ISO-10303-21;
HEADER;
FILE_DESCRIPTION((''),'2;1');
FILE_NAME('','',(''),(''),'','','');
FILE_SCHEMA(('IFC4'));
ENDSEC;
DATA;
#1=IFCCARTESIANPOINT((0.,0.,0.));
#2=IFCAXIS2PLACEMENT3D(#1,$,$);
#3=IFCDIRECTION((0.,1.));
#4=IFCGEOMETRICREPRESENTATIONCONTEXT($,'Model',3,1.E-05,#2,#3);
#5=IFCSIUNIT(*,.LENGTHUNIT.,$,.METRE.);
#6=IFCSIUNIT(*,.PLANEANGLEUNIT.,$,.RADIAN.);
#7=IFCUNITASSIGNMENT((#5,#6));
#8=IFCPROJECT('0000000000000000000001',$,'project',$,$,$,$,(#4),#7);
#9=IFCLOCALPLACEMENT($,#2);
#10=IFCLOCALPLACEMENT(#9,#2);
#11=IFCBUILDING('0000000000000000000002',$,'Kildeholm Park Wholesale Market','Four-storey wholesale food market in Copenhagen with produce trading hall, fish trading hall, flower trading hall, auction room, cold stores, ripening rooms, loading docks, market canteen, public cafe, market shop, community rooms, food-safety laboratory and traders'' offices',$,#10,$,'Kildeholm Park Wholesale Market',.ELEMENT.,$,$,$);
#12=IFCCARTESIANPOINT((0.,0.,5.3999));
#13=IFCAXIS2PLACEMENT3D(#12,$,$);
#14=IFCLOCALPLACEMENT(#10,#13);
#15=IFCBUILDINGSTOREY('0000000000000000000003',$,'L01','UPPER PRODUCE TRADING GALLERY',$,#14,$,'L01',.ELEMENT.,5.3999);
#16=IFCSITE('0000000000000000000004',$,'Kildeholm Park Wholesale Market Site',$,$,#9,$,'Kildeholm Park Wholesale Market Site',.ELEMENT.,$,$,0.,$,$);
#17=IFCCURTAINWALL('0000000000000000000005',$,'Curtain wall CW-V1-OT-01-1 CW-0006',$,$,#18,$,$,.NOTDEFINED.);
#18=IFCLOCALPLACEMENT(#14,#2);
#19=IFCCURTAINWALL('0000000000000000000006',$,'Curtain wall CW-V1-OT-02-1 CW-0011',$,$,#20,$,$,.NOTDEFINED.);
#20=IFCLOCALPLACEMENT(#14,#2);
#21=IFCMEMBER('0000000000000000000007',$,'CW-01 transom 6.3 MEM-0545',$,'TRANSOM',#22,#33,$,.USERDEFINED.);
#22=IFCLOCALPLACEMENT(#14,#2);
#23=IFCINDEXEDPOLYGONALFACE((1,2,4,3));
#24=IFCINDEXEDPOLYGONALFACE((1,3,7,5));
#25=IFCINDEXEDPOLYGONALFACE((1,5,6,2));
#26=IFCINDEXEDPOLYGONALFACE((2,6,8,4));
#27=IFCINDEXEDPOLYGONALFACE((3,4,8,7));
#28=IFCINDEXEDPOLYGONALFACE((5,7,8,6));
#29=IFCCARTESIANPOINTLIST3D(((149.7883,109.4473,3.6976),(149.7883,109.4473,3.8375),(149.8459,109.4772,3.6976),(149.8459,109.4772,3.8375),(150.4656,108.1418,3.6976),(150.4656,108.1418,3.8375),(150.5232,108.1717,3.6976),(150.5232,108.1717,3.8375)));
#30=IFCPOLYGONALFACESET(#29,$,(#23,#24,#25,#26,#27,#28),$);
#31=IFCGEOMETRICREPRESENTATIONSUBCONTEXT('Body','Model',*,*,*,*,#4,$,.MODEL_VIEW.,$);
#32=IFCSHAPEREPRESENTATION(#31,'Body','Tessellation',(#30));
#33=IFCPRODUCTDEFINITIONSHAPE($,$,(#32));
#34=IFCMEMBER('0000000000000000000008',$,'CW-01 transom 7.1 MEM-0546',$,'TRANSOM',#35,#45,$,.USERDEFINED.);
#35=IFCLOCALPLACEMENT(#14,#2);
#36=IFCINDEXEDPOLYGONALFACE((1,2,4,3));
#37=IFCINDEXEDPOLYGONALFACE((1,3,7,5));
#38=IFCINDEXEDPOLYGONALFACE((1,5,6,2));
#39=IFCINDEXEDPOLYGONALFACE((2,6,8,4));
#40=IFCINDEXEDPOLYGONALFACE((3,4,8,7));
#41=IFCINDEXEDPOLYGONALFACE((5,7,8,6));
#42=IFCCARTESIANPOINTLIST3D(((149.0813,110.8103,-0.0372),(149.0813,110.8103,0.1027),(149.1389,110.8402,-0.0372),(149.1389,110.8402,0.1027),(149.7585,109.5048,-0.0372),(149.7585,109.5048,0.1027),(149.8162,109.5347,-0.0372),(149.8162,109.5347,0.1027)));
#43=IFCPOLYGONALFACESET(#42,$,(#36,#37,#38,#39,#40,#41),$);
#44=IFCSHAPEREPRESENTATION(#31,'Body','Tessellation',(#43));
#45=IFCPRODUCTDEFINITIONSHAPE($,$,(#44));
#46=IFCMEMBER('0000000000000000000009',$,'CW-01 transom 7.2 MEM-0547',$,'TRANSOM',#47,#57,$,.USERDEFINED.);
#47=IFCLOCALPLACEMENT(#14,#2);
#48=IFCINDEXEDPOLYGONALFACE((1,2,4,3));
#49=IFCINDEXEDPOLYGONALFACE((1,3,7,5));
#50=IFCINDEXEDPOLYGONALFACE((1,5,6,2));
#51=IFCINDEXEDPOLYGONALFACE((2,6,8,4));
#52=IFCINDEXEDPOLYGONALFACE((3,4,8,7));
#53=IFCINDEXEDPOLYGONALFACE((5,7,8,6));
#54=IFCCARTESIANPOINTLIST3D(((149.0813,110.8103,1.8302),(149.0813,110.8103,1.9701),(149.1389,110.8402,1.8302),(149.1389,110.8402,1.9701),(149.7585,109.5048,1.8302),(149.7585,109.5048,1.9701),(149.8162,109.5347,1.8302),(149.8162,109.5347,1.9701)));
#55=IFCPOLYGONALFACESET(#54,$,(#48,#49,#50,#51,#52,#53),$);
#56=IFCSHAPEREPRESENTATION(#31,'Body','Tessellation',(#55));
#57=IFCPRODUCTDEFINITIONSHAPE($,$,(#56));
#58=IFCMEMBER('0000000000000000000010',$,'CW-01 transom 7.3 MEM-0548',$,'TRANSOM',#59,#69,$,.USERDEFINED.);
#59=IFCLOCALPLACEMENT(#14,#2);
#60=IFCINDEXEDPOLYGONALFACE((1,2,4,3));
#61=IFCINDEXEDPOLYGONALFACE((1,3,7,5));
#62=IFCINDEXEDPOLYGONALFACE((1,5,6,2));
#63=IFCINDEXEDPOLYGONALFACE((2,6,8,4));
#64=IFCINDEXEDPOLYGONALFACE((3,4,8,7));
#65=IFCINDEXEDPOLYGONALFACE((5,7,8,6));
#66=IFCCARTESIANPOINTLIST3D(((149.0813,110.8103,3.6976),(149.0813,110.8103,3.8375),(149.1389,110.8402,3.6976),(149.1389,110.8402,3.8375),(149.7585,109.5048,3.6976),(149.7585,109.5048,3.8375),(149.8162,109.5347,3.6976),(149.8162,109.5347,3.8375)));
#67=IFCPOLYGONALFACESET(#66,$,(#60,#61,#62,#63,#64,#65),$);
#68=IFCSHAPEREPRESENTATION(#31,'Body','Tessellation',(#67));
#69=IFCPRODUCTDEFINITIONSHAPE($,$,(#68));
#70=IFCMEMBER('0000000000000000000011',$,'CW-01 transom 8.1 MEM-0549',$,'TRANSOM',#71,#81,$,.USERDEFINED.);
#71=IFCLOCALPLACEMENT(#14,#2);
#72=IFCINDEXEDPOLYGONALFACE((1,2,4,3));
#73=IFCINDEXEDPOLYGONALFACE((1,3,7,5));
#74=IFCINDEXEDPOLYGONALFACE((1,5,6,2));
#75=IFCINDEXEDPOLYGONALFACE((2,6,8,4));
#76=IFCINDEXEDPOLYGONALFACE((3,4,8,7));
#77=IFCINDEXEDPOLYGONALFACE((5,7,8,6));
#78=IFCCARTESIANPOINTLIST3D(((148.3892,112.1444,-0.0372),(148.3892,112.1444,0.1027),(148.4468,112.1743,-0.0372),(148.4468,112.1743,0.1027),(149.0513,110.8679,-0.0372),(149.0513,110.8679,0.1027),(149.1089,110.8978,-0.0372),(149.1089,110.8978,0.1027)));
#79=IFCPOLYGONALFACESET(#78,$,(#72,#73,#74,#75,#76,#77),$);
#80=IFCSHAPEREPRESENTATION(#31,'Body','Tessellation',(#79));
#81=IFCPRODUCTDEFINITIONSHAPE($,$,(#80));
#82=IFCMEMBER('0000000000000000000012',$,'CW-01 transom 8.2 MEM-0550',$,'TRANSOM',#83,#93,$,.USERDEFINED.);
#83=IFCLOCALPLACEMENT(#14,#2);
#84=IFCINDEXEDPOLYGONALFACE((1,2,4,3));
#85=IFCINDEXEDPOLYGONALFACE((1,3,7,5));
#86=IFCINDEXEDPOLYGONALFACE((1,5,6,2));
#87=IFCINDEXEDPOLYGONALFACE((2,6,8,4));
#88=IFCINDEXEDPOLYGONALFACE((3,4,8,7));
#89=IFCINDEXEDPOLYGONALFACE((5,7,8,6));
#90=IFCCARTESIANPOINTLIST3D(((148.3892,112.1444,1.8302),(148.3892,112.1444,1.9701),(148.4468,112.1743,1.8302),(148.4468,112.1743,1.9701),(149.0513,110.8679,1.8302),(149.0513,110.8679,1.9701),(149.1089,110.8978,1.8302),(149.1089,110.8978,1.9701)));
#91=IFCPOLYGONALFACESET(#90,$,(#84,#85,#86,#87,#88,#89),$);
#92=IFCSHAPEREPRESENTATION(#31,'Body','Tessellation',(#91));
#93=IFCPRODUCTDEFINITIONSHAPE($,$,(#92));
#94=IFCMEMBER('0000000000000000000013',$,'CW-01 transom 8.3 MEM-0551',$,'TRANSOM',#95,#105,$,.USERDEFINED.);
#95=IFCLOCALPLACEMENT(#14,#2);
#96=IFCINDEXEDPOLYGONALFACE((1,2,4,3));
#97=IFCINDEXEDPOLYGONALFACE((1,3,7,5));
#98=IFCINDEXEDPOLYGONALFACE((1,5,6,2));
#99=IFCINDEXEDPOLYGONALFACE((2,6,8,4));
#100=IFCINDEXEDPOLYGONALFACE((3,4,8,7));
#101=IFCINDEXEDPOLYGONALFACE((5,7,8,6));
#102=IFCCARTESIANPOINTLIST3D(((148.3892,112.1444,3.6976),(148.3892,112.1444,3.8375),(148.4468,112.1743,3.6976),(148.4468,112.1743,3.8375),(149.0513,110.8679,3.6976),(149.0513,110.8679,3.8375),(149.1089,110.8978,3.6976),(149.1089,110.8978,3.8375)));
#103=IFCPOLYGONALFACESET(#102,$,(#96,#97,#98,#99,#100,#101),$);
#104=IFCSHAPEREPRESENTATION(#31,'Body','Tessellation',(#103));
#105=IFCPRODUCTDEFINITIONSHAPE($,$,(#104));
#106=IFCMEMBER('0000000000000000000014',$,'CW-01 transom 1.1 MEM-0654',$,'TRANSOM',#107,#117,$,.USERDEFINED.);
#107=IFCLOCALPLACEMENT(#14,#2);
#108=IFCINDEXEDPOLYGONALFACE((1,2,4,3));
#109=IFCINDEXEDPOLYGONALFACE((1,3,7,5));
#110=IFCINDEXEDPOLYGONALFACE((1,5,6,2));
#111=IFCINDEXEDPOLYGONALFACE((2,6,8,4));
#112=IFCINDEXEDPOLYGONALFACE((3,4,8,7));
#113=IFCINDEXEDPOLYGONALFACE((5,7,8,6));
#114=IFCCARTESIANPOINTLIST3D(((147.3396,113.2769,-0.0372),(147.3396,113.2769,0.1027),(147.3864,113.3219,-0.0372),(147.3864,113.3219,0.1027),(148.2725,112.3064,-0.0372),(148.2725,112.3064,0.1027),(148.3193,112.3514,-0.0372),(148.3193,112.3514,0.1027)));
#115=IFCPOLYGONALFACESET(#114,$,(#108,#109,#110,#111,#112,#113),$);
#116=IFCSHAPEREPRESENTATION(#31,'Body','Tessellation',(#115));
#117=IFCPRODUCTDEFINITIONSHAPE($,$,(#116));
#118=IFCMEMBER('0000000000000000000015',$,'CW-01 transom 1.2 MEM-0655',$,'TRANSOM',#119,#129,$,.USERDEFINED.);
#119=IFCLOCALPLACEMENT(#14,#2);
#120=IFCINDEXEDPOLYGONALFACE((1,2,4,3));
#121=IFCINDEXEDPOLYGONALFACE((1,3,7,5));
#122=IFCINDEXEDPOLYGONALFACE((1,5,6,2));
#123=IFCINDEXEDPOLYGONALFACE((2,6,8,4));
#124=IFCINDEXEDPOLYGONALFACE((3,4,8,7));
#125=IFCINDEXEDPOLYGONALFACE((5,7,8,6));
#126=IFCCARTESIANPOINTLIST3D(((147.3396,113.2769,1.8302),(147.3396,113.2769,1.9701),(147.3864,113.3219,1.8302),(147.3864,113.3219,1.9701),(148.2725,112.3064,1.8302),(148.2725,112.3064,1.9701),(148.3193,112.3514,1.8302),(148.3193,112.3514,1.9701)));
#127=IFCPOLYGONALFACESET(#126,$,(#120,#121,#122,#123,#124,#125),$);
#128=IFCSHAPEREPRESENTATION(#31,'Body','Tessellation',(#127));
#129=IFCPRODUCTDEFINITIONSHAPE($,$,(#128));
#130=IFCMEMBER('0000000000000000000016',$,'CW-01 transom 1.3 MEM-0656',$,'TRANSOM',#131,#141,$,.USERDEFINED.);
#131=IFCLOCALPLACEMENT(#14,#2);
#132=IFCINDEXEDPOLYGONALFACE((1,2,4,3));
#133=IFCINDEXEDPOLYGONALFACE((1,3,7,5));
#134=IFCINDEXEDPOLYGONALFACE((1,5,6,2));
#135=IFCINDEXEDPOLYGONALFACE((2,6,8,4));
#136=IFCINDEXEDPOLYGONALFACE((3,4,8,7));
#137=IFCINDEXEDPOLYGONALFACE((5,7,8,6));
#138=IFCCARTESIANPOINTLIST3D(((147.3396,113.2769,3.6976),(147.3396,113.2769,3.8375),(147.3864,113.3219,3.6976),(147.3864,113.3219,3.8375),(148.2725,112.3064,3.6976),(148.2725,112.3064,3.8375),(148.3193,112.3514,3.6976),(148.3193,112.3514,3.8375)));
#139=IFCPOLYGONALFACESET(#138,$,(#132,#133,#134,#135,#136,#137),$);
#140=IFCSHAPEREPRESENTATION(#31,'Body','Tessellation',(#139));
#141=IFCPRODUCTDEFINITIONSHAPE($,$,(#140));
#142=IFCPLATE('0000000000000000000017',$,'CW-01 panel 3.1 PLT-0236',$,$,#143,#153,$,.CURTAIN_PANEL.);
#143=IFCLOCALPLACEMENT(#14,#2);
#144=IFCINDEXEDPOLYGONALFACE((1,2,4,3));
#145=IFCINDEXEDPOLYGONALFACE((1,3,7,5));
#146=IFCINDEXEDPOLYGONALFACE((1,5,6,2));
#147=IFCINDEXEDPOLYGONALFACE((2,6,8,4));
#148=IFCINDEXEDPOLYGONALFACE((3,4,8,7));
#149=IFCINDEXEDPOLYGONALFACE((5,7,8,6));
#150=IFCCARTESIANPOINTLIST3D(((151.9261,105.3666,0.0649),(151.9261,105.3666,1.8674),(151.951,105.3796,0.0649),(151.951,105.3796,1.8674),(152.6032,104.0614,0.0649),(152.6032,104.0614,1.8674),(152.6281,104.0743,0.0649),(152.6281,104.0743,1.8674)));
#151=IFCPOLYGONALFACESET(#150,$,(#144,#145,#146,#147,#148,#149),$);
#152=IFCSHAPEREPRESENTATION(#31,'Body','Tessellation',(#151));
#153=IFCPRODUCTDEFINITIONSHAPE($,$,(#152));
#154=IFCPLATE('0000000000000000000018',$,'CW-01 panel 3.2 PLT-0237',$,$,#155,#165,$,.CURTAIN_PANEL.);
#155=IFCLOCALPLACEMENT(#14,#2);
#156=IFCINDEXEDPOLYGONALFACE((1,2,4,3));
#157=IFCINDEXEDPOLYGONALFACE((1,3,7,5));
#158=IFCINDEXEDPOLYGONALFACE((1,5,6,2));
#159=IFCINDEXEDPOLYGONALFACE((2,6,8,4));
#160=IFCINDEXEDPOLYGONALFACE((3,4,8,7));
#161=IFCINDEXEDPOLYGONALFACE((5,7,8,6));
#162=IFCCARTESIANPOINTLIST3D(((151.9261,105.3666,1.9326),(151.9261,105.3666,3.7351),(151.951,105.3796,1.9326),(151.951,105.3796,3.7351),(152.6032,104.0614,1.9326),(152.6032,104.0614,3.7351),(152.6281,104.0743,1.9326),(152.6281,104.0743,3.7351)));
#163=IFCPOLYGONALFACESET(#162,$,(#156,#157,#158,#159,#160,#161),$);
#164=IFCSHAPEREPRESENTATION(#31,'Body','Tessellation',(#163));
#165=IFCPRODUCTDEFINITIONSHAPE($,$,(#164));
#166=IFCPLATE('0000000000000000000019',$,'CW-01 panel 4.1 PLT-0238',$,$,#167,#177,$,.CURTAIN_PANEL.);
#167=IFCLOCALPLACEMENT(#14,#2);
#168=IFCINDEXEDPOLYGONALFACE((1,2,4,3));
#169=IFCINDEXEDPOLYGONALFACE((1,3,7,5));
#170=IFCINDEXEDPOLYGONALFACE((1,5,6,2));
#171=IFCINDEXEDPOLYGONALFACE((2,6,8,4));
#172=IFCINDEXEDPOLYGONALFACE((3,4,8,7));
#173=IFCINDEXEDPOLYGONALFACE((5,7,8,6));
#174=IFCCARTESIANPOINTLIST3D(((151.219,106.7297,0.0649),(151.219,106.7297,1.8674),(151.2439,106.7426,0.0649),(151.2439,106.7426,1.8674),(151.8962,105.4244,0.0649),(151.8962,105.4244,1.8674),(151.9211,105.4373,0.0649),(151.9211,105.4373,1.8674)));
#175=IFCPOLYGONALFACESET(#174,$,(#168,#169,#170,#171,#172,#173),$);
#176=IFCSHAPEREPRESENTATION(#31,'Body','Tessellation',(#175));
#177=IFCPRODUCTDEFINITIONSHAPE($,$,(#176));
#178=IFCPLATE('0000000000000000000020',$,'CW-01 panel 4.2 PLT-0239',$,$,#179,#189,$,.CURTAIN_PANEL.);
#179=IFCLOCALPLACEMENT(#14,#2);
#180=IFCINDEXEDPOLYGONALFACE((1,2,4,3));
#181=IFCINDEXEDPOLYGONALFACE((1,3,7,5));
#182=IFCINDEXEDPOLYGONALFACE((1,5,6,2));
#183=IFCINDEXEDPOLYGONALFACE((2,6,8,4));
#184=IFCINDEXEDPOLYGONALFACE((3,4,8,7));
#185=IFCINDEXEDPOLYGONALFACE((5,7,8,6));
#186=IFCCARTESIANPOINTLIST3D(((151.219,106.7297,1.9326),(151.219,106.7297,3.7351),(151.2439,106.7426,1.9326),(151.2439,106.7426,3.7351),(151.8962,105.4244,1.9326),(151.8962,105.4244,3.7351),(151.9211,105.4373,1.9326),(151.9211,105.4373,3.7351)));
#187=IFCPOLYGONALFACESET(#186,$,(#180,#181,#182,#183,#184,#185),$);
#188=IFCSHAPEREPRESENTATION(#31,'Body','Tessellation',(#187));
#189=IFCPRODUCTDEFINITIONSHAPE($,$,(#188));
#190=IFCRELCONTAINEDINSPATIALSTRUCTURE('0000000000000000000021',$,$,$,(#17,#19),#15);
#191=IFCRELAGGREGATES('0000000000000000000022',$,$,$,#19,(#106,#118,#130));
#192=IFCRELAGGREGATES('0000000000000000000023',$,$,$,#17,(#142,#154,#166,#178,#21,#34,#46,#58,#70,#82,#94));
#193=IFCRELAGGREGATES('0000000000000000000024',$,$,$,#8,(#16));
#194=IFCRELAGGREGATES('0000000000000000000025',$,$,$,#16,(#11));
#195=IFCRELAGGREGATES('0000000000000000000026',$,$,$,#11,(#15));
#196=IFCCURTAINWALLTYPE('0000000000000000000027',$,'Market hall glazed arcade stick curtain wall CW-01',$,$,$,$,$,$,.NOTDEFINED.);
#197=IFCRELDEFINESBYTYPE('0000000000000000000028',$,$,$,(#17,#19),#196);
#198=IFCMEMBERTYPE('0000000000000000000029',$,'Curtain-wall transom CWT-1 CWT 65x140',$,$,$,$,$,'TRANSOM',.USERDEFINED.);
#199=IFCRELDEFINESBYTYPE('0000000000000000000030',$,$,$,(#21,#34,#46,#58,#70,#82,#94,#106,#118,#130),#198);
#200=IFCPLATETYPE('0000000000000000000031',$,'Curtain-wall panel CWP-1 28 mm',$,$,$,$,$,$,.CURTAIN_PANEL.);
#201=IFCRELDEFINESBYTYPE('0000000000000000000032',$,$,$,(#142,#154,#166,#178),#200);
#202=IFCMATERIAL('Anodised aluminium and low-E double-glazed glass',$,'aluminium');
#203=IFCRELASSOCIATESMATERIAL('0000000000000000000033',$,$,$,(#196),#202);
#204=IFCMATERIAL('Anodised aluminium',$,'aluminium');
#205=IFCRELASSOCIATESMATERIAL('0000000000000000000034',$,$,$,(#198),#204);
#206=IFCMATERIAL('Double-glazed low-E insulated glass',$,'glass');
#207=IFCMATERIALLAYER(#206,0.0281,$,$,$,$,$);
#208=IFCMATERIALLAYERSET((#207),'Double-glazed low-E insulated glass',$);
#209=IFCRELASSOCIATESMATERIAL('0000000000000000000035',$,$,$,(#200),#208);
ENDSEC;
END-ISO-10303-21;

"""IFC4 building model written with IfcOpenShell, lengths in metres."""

from ifc_helpers import new_model, si_unit, direction, frame, origin, origin_2d, place, context, subcontext, project, spatial, rectangle, extrude, material, layer, layer_set, material_profile, profile_set, type_object, element, aggregate, save


model = new_model("IFC4")

# Units and contexts
model_context = context("Model", 3, precision=1e-05, world=origin(), true_north=direction((0.0, 1.0)))
body_context = subcontext(model_context, "Body", "Model", "MODEL_VIEW")
ifc_project = project(units=[si_unit("LENGTHUNIT", "METRE"), si_unit("PLANEANGLEUNIT", "RADIAN")], contexts=[model_context])

# Site, building, storey
site_placement = place(None, origin())
site = spatial("IfcSite", under=ifc_project, at=site_placement, Name="Kildeholm Park Wholesale Market Site", LongName="Kildeholm Park Wholesale Market Site", CompositionType="ELEMENT", RefElevation=0.0)
building_placement = place(site_placement, origin())
building = spatial("IfcBuilding", under=site, at=building_placement, Name="Kildeholm Park Wholesale Market", Description="Four-storey wholesale food market in Copenhagen with produce trading hall, fish trading hall, flower trading hall, auction room, cold stores, ripening rooms, loading docks, market canteen, public cafe, market shop, community rooms, food-safety laboratory and traders' offices", LongName="Kildeholm Park Wholesale Market", CompositionType="ELEMENT")
storey_placement = place(building_placement, frame((0.0, 0.0, 5.3999)))
storey = spatial("IfcBuildingStorey", under=building, at=storey_placement, Name="L01", Description="UPPER PRODUCE TRADING GALLERY", LongName="L01", CompositionType="ELEMENT", Elevation=5.3999)

# Curtain wall
ifc_material_1 = material(Name="Anodised aluminium and low-E double-glazed glass", Category="aluminium")
curtain_wall_type = type_object("IfcCurtainWallType", Name="Market hall glazed arcade stick curtain wall CW-01", PredefinedType="NOTDEFINED", material=ifc_material_1)
curtain_wall_1_placement = place(storey_placement, origin())
curtain_wall_1 = element("IfcCurtainWall", 1, at=curtain_wall_1_placement, inside=storey, type_object=curtain_wall_type, Name="Curtain wall CW-V1-OT-01-1 CW-0006", PredefinedType="NOTDEFINED")
ifc_material_2 = material(Name="Anodised aluminium", Category="aluminium")

# Curtain wall
curtain_wall_2_placement = place(storey_placement, origin())
curtain_wall_2 = element("IfcCurtainWall", 2, at=curtain_wall_2_placement, inside=storey, type_object=curtain_wall_type, Name="Curtain wall CW-V1-OT-02-1 CW-0011", PredefinedType="NOTDEFINED")

# Members
ifc_material_profile_1 = material_profile(ifc_material_2, rectangle(XDim=0.0649, YDim=0.1399, at=origin_2d()), Name="CWT 65x140")
ifc_profile_set_1 = profile_set([ifc_material_profile_1], Name="Anodised aluminium")
member_type_1 = type_object("IfcMemberType", Name="Curtain-wall transom CWT-1 CWT 65x140", ElementType="TRANSOM", PredefinedType="USERDEFINED", material=ifc_profile_set_1)
member_1_placement = place(storey_placement, frame((150.4944, 108.1567, 3.7676), z_axis=(-0.460511, 0.887654, 0.0), x_axis=(-0.887654, -0.460511, 0.0)))
member_1 = element("IfcMember", 3, at=member_1_placement, type_object=member_type_1, Name="CW-01 transom 6.3 MEM-0545", ObjectType="TRANSOM", PredefinedType="USERDEFINED", context=body_context, shape_type="SweptSolid", body=[
    extrude(rectangle(XDim=0.0649, YDim=0.1399, at=origin_2d()), origin(), (0.0, 0.0, 1.0), 1.4707),
])
member_2_placement = place(storey_placement, frame((149.7874, 109.5198, 0.0327), z_axis=(-0.460511, 0.887654, 0.0), x_axis=(-0.887654, -0.460511, 0.0)))
member_2 = element("IfcMember", 4, at=member_2_placement, type_object=member_type_1, Name="CW-01 transom 7.1 MEM-0546", ObjectType="TRANSOM", PredefinedType="USERDEFINED", context=body_context, shape_type="SweptSolid", body=[
    extrude(rectangle(XDim=0.0649, YDim=0.1399, at=origin_2d()), origin(), (0.0, 0.0, 1.0), 1.4707),
])
member_3_placement = place(storey_placement, frame((149.7874, 109.5198, 1.9001), z_axis=(-0.460511, 0.887654, 0.0), x_axis=(-0.887654, -0.460511, 0.0)))
member_3 = element("IfcMember", 5, at=member_3_placement, type_object=member_type_1, Name="CW-01 transom 7.2 MEM-0547", ObjectType="TRANSOM", PredefinedType="USERDEFINED", context=body_context, shape_type="SweptSolid", body=[
    extrude(rectangle(XDim=0.0649, YDim=0.1399, at=origin_2d()), origin(), (0.0, 0.0, 1.0), 1.4707),
])
member_4_placement = place(storey_placement, frame((149.7874, 109.5198, 3.7676), z_axis=(-0.460511, 0.887654, 0.0), x_axis=(-0.887654, -0.460511, 0.0)))
member_4 = element("IfcMember", 6, at=member_4_placement, type_object=member_type_1, Name="CW-01 transom 7.3 MEM-0548", ObjectType="TRANSOM", PredefinedType="USERDEFINED", context=body_context, shape_type="SweptSolid", body=[
    extrude(rectangle(XDim=0.0649, YDim=0.1399, at=origin_2d()), origin(), (0.0, 0.0, 1.0), 1.4707),
])
member_5_placement = place(storey_placement, frame((149.0801, 110.8828, 0.0327), z_axis=(-0.460406, 0.887708, 0.0), x_axis=(-0.887708, -0.460406, 0.0)))
member_5 = element("IfcMember", 7, at=member_5_placement, type_object=member_type_1, Name="CW-01 transom 8.1 MEM-0549", ObjectType="TRANSOM", PredefinedType="USERDEFINED", context=body_context, shape_type="SweptSolid", body=[
    extrude(rectangle(XDim=0.0649, YDim=0.1399, at=origin_2d()), origin(), (0.0, 0.0, 1.0), 1.438),
])
member_6_placement = place(storey_placement, frame((149.0801, 110.8828, 1.9001), z_axis=(-0.460406, 0.887708, 0.0), x_axis=(-0.887708, -0.460406, 0.0)))
member_6 = element("IfcMember", 8, at=member_6_placement, type_object=member_type_1, Name="CW-01 transom 8.2 MEM-0550", ObjectType="TRANSOM", PredefinedType="USERDEFINED", context=body_context, shape_type="SweptSolid", body=[
    extrude(rectangle(XDim=0.0649, YDim=0.1399, at=origin_2d()), origin(), (0.0, 0.0, 1.0), 1.438),
])
member_7_placement = place(storey_placement, frame((149.0801, 110.8828, 3.7676), z_axis=(-0.460406, 0.887708, 0.0), x_axis=(-0.887708, -0.460406, 0.0)))
member_7 = element("IfcMember", 9, at=member_7_placement, type_object=member_type_1, Name="CW-01 transom 8.3 MEM-0551", ObjectType="TRANSOM", PredefinedType="USERDEFINED", context=body_context, shape_type="SweptSolid", body=[
    extrude(rectangle(XDim=0.0649, YDim=0.1399, at=origin_2d()), origin(), (0.0, 0.0, 1.0), 1.438),
])
member_8_placement = place(storey_placement, frame((148.2959, 112.3289, 0.0327), z_axis=(-0.693004, 0.720934, 0.0), x_axis=(-0.720934, -0.693004, 0.0)))
member_8 = element("IfcMember", 10, at=member_8_placement, type_object=member_type_1, Name="CW-01 transom 1.1 MEM-0654", ObjectType="TRANSOM", PredefinedType="USERDEFINED", context=body_context, shape_type="SweptSolid", body=[
    extrude(rectangle(XDim=0.0649, YDim=0.1399, at=origin_2d()), origin(), (0.0, 0.0, 1.0), 1.3462),
])
member_9_placement = place(storey_placement, frame((148.2959, 112.3289, 1.9001), z_axis=(-0.693004, 0.720934, 0.0), x_axis=(-0.720934, -0.693004, 0.0)))
member_9 = element("IfcMember", 11, at=member_9_placement, type_object=member_type_1, Name="CW-01 transom 1.2 MEM-0655", ObjectType="TRANSOM", PredefinedType="USERDEFINED", context=body_context, shape_type="SweptSolid", body=[
    extrude(rectangle(XDim=0.0649, YDim=0.1399, at=origin_2d()), origin(), (0.0, 0.0, 1.0), 1.3462),
])
member_10_placement = place(storey_placement, frame((148.2959, 112.3289, 3.7676), z_axis=(-0.693004, 0.720934, 0.0), x_axis=(-0.720934, -0.693004, 0.0)))
member_10 = element("IfcMember", 12, at=member_10_placement, type_object=member_type_1, Name="CW-01 transom 1.3 MEM-0656", ObjectType="TRANSOM", PredefinedType="USERDEFINED", context=body_context, shape_type="SweptSolid", body=[
    extrude(rectangle(XDim=0.0649, YDim=0.1399, at=origin_2d()), origin(), (0.0, 0.0, 1.0), 1.3462),
])
aggregate(curtain_wall_2, [member_8, member_9, member_10])

# Plates
ifc_material_3 = material(Name="Double-glazed low-E insulated glass", Category="glass")
ifc_layer = layer(ifc_material_3, 0.0281)
ifc_layer_set = layer_set([ifc_layer], Name="Double-glazed low-E insulated glass")
plate_type = type_object("IfcPlateType", Name="Curtain-wall panel CWP-1 28 mm", PredefinedType="CURTAIN_PANEL", material=ifc_layer_set)
plate_1_placement = place(storey_placement, frame((152.2771, 104.7205, 0.0649), z_axis=(0.0, 0.0, 1.0), x_axis=(-0.460514, 0.887652, 0.0)))
plate_1 = element("IfcPlate", 13, at=plate_1_placement, type_object=plate_type, Name="CW-01 panel 3.1 PLT-0236", PredefinedType="CURTAIN_PANEL", context=body_context, shape_type="SweptSolid", body=[
    extrude(rectangle(XDim=1.4705, YDim=0.0281, at=origin_2d()), origin(), (0.0, 0.0, 1.0), 1.8025),
])
plate_2_placement = place(storey_placement, frame((152.2771, 104.7205, 1.9326), z_axis=(0.0, 0.0, 1.0), x_axis=(-0.460514, 0.887652, 0.0)))
plate_2 = element("IfcPlate", 14, at=plate_2_placement, type_object=plate_type, Name="CW-01 panel 3.2 PLT-0237", PredefinedType="CURTAIN_PANEL", context=body_context, shape_type="SweptSolid", body=[
    extrude(rectangle(XDim=1.4705, YDim=0.0281, at=origin_2d()), origin(), (0.0, 0.0, 1.0), 1.8025),
])
plate_3_placement = place(storey_placement, frame((151.5701, 106.0835, 0.0649), z_axis=(0.0, 0.0, 1.0), x_axis=(-0.460514, 0.887652, 0.0)))
plate_3 = element("IfcPlate", 15, at=plate_3_placement, type_object=plate_type, Name="CW-01 panel 4.1 PLT-0238", PredefinedType="CURTAIN_PANEL", context=body_context, shape_type="SweptSolid", body=[
    extrude(rectangle(XDim=1.4705, YDim=0.0281, at=origin_2d()), origin(), (0.0, 0.0, 1.0), 1.8025),
])
plate_4_placement = place(storey_placement, frame((151.5701, 106.0835, 1.9326), z_axis=(0.0, 0.0, 1.0), x_axis=(-0.460514, 0.887652, 0.0)))
plate_4 = element("IfcPlate", 16, at=plate_4_placement, type_object=plate_type, Name="CW-01 panel 4.2 PLT-0239", PredefinedType="CURTAIN_PANEL", context=body_context, shape_type="SweptSolid", body=[
    extrude(rectangle(XDim=1.4705, YDim=0.0281, at=origin_2d()), origin(), (0.0, 0.0, 1.0), 1.8025),
])
aggregate(curtain_wall_1, [plate_1, plate_2, plate_3, plate_4, member_1, member_2, member_3, member_4, member_5, member_6, member_7])

save(model, "model.ifc")
